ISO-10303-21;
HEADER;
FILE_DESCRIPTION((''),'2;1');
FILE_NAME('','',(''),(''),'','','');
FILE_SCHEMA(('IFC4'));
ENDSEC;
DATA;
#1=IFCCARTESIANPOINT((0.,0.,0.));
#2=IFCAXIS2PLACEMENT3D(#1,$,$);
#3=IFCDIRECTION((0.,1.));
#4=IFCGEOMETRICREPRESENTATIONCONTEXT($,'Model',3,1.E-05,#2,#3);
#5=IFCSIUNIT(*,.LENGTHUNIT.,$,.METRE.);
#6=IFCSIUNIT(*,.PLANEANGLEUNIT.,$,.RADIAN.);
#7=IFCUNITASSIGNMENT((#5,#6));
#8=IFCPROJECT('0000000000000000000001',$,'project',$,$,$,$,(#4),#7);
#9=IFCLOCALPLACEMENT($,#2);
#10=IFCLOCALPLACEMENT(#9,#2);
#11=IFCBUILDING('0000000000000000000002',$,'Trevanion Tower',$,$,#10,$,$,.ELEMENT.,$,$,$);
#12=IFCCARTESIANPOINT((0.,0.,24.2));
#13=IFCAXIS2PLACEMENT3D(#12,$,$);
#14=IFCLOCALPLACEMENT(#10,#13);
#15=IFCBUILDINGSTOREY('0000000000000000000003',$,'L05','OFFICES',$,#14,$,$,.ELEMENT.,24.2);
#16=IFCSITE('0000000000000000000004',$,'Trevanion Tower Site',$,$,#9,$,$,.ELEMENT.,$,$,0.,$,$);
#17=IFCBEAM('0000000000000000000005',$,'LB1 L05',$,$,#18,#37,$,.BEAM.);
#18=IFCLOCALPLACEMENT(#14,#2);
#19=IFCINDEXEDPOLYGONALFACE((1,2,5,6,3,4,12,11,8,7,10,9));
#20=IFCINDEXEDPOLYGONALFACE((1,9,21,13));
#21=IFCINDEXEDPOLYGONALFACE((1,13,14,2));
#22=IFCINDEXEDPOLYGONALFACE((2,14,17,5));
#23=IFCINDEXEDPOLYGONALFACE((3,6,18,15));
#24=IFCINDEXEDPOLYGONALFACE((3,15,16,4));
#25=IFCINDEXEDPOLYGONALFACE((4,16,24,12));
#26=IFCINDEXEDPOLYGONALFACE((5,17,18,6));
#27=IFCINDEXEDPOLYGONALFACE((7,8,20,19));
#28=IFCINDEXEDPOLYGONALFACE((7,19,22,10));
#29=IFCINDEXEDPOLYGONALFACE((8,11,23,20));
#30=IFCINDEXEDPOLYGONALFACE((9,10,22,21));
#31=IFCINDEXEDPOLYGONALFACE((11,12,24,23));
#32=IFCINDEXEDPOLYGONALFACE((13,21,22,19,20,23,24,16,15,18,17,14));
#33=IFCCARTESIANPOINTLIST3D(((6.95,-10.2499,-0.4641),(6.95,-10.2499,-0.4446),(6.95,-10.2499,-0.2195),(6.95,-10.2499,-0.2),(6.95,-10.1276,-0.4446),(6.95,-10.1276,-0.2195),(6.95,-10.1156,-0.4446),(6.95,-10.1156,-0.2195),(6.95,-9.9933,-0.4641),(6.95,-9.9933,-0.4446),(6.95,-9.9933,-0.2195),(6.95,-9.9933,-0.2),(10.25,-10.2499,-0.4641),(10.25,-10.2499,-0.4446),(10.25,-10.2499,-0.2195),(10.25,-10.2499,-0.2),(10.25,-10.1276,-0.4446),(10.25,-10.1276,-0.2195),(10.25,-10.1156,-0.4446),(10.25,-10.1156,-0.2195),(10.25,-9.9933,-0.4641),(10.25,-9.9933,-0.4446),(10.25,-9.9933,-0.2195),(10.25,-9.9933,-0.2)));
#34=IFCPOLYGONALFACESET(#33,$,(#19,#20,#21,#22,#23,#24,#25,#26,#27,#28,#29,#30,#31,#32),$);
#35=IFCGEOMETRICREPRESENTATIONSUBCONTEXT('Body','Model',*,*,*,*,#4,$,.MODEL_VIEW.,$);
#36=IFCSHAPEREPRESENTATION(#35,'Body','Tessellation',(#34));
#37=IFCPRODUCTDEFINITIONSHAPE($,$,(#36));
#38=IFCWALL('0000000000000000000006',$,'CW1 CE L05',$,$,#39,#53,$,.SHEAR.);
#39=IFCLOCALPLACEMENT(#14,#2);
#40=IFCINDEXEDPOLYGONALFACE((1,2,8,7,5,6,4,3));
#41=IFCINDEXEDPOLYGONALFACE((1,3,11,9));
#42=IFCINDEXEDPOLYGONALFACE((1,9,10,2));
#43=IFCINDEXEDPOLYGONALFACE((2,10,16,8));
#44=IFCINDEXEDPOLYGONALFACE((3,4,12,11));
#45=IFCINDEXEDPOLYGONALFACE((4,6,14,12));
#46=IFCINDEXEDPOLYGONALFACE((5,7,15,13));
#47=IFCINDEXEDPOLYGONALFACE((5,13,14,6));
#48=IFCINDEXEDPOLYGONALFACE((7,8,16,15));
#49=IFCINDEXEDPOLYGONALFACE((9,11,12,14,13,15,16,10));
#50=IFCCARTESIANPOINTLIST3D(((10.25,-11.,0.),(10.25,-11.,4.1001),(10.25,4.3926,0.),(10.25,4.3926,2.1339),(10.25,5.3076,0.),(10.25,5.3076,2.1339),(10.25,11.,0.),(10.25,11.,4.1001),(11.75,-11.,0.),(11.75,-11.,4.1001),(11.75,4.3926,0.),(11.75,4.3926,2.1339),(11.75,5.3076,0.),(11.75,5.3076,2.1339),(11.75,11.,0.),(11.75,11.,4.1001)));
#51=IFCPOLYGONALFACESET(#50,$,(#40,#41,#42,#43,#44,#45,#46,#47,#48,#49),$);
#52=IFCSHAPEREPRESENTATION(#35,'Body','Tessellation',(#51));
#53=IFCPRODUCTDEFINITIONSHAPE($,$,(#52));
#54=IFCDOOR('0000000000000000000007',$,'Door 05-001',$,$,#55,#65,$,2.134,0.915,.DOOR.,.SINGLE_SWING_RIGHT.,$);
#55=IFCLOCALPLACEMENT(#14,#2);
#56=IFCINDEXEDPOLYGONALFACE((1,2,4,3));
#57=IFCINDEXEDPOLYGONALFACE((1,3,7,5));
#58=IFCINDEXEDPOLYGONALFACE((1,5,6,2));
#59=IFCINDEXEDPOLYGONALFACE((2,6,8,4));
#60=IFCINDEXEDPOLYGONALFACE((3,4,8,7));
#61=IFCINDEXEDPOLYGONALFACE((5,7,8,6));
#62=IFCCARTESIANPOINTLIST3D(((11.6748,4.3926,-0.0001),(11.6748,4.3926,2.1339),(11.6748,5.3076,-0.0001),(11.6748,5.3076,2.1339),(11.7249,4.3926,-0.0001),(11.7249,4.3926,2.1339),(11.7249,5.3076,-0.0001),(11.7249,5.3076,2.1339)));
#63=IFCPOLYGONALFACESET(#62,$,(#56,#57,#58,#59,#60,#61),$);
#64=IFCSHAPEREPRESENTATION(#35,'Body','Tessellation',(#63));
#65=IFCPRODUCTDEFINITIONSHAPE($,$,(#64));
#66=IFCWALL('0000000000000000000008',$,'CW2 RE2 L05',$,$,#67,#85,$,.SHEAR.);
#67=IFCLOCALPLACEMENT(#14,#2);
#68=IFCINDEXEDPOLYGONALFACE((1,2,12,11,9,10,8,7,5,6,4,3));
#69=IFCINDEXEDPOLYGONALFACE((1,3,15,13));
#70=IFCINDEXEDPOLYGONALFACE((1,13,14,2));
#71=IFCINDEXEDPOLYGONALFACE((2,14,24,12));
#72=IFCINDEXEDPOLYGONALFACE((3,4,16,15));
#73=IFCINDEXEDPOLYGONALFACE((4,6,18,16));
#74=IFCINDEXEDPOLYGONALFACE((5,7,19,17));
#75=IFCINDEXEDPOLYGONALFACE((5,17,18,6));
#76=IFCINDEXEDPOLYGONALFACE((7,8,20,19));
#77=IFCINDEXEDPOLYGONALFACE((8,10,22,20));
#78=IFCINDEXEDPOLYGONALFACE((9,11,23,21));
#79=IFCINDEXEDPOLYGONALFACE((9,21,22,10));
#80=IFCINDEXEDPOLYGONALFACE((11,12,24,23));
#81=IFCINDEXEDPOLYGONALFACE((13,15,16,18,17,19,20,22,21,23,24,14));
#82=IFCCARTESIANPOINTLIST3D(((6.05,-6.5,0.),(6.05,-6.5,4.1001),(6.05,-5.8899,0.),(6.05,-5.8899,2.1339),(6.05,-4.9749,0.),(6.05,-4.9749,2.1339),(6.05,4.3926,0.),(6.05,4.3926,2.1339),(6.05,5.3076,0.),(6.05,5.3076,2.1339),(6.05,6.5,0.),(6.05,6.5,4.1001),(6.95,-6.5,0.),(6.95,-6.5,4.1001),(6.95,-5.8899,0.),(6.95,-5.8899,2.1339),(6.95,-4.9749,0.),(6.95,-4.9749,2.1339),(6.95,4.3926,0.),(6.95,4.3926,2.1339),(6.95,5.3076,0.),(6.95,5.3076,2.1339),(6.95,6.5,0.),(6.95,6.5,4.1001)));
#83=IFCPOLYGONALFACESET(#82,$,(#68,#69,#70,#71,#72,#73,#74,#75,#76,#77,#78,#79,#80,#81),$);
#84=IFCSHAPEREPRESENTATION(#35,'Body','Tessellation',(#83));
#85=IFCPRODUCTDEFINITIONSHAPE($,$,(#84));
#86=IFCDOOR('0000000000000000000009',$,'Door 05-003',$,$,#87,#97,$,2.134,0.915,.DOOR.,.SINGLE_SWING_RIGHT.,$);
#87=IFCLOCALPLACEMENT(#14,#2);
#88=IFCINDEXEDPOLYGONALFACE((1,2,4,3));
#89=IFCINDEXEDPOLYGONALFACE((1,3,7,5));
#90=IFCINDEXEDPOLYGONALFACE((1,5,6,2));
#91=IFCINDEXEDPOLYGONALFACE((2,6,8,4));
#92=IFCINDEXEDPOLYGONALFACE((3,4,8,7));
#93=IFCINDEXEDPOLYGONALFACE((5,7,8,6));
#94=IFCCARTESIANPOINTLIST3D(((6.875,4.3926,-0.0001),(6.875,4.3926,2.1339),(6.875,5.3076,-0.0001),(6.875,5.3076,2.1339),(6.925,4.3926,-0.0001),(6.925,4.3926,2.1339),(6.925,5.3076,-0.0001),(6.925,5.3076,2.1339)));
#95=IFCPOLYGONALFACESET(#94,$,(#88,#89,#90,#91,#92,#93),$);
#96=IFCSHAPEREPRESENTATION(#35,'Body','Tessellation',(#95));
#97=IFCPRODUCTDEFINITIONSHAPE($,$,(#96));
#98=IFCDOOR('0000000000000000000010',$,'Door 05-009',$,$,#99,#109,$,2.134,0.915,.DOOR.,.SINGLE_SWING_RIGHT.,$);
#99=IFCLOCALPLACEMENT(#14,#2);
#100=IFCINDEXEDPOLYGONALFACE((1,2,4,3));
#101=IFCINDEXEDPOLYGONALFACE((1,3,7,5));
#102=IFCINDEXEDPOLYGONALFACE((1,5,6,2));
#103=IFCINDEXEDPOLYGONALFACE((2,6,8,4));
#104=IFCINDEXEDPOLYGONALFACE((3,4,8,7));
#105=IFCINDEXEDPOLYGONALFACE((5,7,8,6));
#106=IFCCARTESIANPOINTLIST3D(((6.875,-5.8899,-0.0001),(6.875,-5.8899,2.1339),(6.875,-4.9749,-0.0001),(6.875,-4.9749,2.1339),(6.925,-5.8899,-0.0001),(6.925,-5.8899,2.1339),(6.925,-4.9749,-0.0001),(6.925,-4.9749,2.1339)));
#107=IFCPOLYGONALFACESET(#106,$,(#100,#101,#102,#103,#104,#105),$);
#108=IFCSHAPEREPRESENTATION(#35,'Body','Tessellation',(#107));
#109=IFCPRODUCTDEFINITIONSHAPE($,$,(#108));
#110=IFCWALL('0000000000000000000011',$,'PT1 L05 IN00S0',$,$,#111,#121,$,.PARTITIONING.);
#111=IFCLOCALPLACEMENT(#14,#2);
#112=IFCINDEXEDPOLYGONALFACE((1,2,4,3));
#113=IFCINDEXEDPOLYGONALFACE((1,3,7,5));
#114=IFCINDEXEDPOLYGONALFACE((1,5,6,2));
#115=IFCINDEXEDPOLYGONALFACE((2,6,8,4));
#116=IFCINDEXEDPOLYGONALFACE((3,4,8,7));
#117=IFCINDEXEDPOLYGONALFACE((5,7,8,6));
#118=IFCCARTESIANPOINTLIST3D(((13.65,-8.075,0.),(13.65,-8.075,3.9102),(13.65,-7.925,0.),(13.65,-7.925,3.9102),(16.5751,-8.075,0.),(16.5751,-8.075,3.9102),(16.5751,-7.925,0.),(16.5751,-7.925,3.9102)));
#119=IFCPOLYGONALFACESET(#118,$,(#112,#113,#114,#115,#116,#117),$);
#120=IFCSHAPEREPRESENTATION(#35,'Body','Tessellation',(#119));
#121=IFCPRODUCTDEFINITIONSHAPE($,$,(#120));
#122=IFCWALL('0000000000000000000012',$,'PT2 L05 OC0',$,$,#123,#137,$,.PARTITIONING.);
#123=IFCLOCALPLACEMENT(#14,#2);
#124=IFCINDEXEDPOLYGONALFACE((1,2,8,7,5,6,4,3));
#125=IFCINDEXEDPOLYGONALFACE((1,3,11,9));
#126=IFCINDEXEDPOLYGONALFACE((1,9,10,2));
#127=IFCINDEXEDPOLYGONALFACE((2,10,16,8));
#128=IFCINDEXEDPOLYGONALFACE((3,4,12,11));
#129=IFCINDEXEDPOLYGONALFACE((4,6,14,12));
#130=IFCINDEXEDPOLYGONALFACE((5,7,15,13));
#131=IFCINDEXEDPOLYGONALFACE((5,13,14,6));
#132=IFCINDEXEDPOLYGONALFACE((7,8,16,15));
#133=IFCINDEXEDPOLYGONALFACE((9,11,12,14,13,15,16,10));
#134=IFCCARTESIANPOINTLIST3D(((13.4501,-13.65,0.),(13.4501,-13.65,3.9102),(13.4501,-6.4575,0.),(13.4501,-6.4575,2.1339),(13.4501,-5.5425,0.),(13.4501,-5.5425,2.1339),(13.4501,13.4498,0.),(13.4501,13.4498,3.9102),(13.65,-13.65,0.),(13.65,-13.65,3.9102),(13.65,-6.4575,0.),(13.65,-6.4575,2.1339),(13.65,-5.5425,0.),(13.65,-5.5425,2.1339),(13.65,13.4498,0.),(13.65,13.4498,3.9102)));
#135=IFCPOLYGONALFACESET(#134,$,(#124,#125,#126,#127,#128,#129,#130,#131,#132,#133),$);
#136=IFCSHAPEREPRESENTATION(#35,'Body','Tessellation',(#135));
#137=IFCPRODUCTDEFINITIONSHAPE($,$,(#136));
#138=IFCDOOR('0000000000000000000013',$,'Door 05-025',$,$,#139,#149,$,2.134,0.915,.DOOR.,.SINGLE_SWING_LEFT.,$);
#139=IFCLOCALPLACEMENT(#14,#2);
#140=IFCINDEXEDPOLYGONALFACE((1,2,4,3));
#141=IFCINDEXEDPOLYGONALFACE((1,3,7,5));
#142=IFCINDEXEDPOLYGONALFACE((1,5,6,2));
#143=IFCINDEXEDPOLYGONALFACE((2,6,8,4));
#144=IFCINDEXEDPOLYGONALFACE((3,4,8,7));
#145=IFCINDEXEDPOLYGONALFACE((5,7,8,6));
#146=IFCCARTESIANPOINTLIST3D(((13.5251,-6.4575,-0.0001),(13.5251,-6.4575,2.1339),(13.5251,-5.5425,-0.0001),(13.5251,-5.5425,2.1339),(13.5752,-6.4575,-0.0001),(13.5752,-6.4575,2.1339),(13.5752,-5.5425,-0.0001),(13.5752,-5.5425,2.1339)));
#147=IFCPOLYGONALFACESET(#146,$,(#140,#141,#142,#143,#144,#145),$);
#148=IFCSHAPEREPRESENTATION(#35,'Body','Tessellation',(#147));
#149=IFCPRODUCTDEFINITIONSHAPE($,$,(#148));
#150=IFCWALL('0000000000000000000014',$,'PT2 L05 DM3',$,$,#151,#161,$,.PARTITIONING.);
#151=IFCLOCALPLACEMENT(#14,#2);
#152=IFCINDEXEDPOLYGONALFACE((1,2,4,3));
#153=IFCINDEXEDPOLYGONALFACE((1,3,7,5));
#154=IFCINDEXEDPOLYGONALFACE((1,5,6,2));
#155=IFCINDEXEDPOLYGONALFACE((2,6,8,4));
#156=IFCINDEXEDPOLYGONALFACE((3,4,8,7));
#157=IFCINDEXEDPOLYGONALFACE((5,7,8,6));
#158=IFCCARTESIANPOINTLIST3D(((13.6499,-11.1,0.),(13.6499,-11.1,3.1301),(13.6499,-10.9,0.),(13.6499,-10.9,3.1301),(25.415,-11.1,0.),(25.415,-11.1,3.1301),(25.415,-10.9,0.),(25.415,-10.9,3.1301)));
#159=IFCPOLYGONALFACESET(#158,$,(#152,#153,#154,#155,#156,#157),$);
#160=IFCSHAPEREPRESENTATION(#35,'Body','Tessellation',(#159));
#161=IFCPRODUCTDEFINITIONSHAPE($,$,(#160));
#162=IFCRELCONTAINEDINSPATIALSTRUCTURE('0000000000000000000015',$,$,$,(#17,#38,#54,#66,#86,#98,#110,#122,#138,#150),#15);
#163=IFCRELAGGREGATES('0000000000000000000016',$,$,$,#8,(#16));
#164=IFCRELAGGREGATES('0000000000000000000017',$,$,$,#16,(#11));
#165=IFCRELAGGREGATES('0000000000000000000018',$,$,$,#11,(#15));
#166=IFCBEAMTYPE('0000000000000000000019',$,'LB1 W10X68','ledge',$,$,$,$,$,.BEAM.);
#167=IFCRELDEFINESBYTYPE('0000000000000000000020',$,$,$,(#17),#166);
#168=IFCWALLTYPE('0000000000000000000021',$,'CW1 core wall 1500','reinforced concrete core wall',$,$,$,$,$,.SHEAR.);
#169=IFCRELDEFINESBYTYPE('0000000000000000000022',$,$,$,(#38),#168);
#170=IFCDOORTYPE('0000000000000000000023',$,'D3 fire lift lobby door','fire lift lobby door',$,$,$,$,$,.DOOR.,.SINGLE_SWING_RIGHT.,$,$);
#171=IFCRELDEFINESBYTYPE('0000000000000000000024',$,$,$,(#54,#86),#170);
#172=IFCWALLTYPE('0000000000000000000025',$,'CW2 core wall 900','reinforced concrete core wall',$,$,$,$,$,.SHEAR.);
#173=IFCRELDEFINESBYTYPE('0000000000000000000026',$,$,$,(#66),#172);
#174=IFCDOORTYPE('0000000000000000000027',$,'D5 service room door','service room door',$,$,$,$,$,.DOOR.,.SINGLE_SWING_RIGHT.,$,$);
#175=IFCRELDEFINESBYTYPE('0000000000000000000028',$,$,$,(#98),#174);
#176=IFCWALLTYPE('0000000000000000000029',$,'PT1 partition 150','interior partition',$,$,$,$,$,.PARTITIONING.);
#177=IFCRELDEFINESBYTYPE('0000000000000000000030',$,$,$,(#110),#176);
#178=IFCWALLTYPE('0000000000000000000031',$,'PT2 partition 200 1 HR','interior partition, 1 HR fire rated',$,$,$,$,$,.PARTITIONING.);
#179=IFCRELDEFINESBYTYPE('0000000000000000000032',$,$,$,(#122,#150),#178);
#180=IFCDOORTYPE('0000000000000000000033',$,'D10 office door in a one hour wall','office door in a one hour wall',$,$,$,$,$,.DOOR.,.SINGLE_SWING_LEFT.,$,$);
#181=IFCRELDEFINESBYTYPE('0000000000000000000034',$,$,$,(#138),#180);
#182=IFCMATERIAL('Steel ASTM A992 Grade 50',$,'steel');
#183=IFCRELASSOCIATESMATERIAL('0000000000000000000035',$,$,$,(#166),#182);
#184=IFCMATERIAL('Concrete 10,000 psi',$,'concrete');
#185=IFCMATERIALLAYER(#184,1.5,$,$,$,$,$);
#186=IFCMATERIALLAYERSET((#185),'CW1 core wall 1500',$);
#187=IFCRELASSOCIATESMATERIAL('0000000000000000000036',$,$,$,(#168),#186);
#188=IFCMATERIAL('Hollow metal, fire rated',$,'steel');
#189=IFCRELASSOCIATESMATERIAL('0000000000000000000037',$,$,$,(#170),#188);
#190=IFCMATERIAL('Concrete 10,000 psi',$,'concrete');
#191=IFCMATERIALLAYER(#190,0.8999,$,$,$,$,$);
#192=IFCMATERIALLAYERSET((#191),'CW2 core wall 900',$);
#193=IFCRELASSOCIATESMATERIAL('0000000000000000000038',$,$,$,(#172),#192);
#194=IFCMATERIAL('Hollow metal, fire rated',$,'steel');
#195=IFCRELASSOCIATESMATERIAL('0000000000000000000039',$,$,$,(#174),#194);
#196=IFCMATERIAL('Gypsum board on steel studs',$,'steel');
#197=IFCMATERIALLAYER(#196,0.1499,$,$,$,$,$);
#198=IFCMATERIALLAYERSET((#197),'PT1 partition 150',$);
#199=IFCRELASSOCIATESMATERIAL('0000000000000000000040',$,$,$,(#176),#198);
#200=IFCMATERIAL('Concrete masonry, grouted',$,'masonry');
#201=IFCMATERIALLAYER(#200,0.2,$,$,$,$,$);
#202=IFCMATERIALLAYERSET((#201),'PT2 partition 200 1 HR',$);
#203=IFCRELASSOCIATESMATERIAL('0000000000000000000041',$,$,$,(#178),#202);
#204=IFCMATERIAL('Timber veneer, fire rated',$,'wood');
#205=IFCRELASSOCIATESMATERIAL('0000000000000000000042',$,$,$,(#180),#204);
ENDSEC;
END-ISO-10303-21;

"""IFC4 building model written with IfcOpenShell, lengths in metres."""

from ifc_helpers import new_model, si_unit, direction, frame, frame_2d, origin, origin_2d, place, context, subcontext, project, spatial, rectangle, i_section, extrude, material, layer, layer_set, material_profile, profile_set, type_object, element, fill, save


model = new_model("IFC4")

# Units and contexts
model_context = context("Model", 3, precision=1e-05, world=origin(), true_north=direction((0.0, 1.0)))
body_context = subcontext(model_context, "Body", "Model", "MODEL_VIEW")
ifc_project = project(units=[si_unit("LENGTHUNIT", "METRE"), si_unit("PLANEANGLEUNIT", "RADIAN")], contexts=[model_context])

# Site, building, storey
site_placement = place(None, origin())
site = spatial("IfcSite", under=ifc_project, at=site_placement, Name="Trevanion Tower Site", CompositionType="ELEMENT", RefElevation=0.0)
building_placement = place(site_placement, origin())
building = spatial("IfcBuilding", under=site, at=building_placement, Name="Trevanion Tower", CompositionType="ELEMENT")
storey_placement = place(building_placement, frame((0.0, 0.0, 24.2)))
storey = spatial("IfcBuildingStorey", under=building, at=storey_placement, Name="L05", Description="OFFICES", CompositionType="ELEMENT", Elevation=24.2)

# Beam
ifc_material_1 = material(Name="Steel ASTM A992 Grade 50", Category="steel")
ifc_material_profile_1 = material_profile(ifc_material_1, i_section(OverallWidth=0.2566, OverallDepth=0.2642, WebThickness=0.012, FlangeThickness=0.0195, at=origin_2d()), Name="W10X68")
ifc_profile_set_1 = profile_set([ifc_material_profile_1], Name="Steel ASTM A992 Grade 50")
beam_type_1 = type_object("IfcBeamType", Name="LB1 W10X68", Description="ledge", PredefinedType="BEAM", material=ifc_profile_set_1)
beam_1_placement = place(storey_placement, frame((6.95, -10.1216, -0.332), z_axis=(1.0, 0.0, 0.0), x_axis=(0.0, 1.0, 0.0)))
element("IfcBeam", 1, at=beam_1_placement, inside=storey, type_object=beam_type_1, Name="LB1 L05", PredefinedType="BEAM", context=body_context, shape_type="SweptSolid", body=[
    extrude(i_section(OverallWidth=0.2566, OverallDepth=0.2642, WebThickness=0.012, FlangeThickness=0.0195, at=origin_2d()), origin(), (0.0, 0.0, 1.0), 3.3),
])

# Wall, opening, door
ifc_material_2 = material(Name="Concrete 10,000 psi", Category="concrete")
ifc_layer_1 = layer(ifc_material_2, 1.5)
ifc_layer_set_1 = layer_set([ifc_layer_1], Name="CW1 core wall 1500")
wall_type_1 = type_object("IfcWallType", Name="CW1 core wall 1500", Description="reinforced concrete core wall", PredefinedType="SHEAR", material=ifc_layer_set_1)
wall_1_placement = place(storey_placement, frame((11.0, -11.0, 0.0), z_axis=(0.0, 0.0, 1.0), x_axis=(0.0, 1.0, 0.0)))
wall_1 = element("IfcWall", 2, at=wall_1_placement, inside=storey, type_object=wall_type_1, Name="CW1 CE L05", PredefinedType="SHEAR", context=body_context, shape_type="SweptSolid", body=[
    extrude(rectangle(XDim=22.0, YDim=1.5, at=frame_2d((11.0, 0.0))), origin(), (0.0, 0.0, 1.0), 4.1001),
])
opening_1_placement = place(wall_1_placement, frame((15.3926, 0.0, 0.0)))
opening_1 = element("IfcOpeningElement", 3, at=opening_1_placement, cuts=wall_1, PredefinedType="OPENING", context=body_context, shape_type="SweptSolid", body=[
    extrude(rectangle(XDim=0.915, YDim=2.134, at=frame_2d((0.4575, 1.0669))), frame((0.0, 0.76, 0.0), z_axis=(0.0, -1.0, 0.0), x_axis=(1.0, 0.0, 0.0)), (0.0, 0.0, 1.0), 1.52),
])
ifc_material_3 = material(Name="Hollow metal, fire rated", Category="steel")
door_type_1 = type_object("IfcDoorType", Name="D3 fire lift lobby door", Description="fire lift lobby door", OperationType="SINGLE_SWING_RIGHT", PredefinedType="DOOR", material=ifc_material_3)
door_1_placement = place(opening_1_placement, origin())
door_1 = element("IfcDoor", 4, at=door_1_placement, inside=storey, type_object=door_type_1, Name="Door 05-001", OperationType="SINGLE_SWING_RIGHT", OverallHeight=2.134, OverallWidth=0.915, PredefinedType="DOOR", context=body_context, shape_type="SweptSolid", body=[
    extrude(rectangle(XDim=0.915, YDim=2.134, at=frame_2d((0.4575, 1.0669))), frame((0.0, -0.6748, 0.0), z_axis=(0.0, -1.0, 0.0), x_axis=(1.0, 0.0, 0.0)), (0.0, 0.0, 1.0), 0.05),
])
fill(opening_1, door_1)

# Wall, openings, doors
ifc_material_4 = material(Name="Concrete 10,000 psi", Category="concrete")
ifc_layer_2 = layer(ifc_material_4, 0.8999)
ifc_layer_set_2 = layer_set([ifc_layer_2], Name="CW2 core wall 900")
wall_type_2 = type_object("IfcWallType", Name="CW2 core wall 900", Description="reinforced concrete core wall", PredefinedType="SHEAR", material=ifc_layer_set_2)
wall_2_placement = place(storey_placement, frame((6.5, -6.5, 0.0), z_axis=(0.0, 0.0, 1.0), x_axis=(0.0, 1.0, 0.0)))
wall_2 = element("IfcWall", 5, at=wall_2_placement, inside=storey, type_object=wall_type_2, Name="CW2 RE2 L05", PredefinedType="SHEAR", context=body_context, shape_type="SweptSolid", body=[
    extrude(rectangle(XDim=13.0, YDim=0.8999, at=frame_2d((6.5, 0.0))), origin(), (0.0, 0.0, 1.0), 4.1001),
])
opening_2_placement = place(wall_2_placement, frame((10.8926, 0.0, 0.0)))
opening_2 = element("IfcOpeningElement", 6, at=opening_2_placement, cuts=wall_2, PredefinedType="OPENING", context=body_context, shape_type="SweptSolid", body=[
    extrude(rectangle(XDim=0.915, YDim=2.134, at=frame_2d((0.4575, 1.0669))), frame((0.0, 0.46, 0.0), z_axis=(0.0, -1.0, 0.0), x_axis=(1.0, 0.0, 0.0)), (0.0, 0.0, 1.0), 0.9199),
])
opening_3_placement = place(wall_2_placement, frame((0.6101, 0.0, 0.0)))
opening_3 = element("IfcOpeningElement", 7, at=opening_3_placement, cuts=wall_2, PredefinedType="OPENING", context=body_context, shape_type="SweptSolid", body=[
    extrude(rectangle(XDim=0.915, YDim=2.134, at=frame_2d((0.4575, 1.0669))), frame((0.0, 0.46, 0.0), z_axis=(0.0, -1.0, 0.0), x_axis=(1.0, 0.0, 0.0)), (0.0, 0.0, 1.0), 0.9199),
])
door_2_placement = place(opening_2_placement, origin())
door_2 = element("IfcDoor", 8, at=door_2_placement, inside=storey, type_object=door_type_1, Name="Door 05-003", OperationType="SINGLE_SWING_RIGHT", OverallHeight=2.134, OverallWidth=0.915, PredefinedType="DOOR", context=body_context, shape_type="SweptSolid", body=[
    extrude(rectangle(XDim=0.915, YDim=2.134, at=frame_2d((0.4575, 1.0669))), frame((0.0, -0.375, 0.0), z_axis=(0.0, -1.0, 0.0), x_axis=(1.0, 0.0, 0.0)), (0.0, 0.0, 1.0), 0.05),
])
fill(opening_2, door_2)
ifc_material_5 = material(Name="Hollow metal, fire rated", Category="steel")
door_type_2 = type_object("IfcDoorType", Name="D5 service room door", Description="service room door", OperationType="SINGLE_SWING_RIGHT", PredefinedType="DOOR", material=ifc_material_5)
door_3_placement = place(opening_3_placement, origin())
door_3 = element("IfcDoor", 9, at=door_3_placement, inside=storey, type_object=door_type_2, Name="Door 05-009", OperationType="SINGLE_SWING_RIGHT", OverallHeight=2.134, OverallWidth=0.915, PredefinedType="DOOR", context=body_context, shape_type="SweptSolid", body=[
    extrude(rectangle(XDim=0.915, YDim=2.134, at=frame_2d((0.4575, 1.0669))), frame((0.0, -0.375, 0.0), z_axis=(0.0, -1.0, 0.0), x_axis=(1.0, 0.0, 0.0)), (0.0, 0.0, 1.0), 0.05),
])
fill(opening_3, door_3)

# Wall
ifc_material_6 = material(Name="Gypsum board on steel studs", Category="steel")
ifc_layer_3 = layer(ifc_material_6, 0.1499)
ifc_layer_set_3 = layer_set([ifc_layer_3], Name="PT1 partition 150")
wall_type_3 = type_object("IfcWallType", Name="PT1 partition 150", Description="interior partition", PredefinedType="PARTITIONING", material=ifc_layer_set_3)
wall_3_placement = place(storey_placement, frame((16.575, -8.0, 0.0), z_axis=(0.0, 0.0, 1.0), x_axis=(-1.0, 0.0, 0.0)))
element("IfcWall", 10, at=wall_3_placement, inside=storey, type_object=wall_type_3, Name="PT1 L05 IN00S0", PredefinedType="PARTITIONING", context=body_context, shape_type="SweptSolid", body=[
    extrude(rectangle(XDim=2.925, YDim=0.1499, at=frame_2d((1.4624, 0.0))), origin(), (0.0, 0.0, 1.0), 3.9102),
])

# Wall, opening, door
ifc_material_7 = material(Name="Concrete masonry, grouted", Category="masonry")
ifc_layer_4 = layer(ifc_material_7, 0.2)
ifc_layer_set_4 = layer_set([ifc_layer_4], Name="PT2 partition 200 1 HR")
wall_type_4 = type_object("IfcWallType", Name="PT2 partition 200 1 HR", Description="interior partition, 1 HR fire rated", PredefinedType="PARTITIONING", material=ifc_layer_set_4)
wall_4_placement = place(storey_placement, frame((13.55, -13.6499, 0.0), z_axis=(0.0, 0.0, 1.0), x_axis=(0.0, 1.0, 0.0)))
wall_4 = element("IfcWall", 11, at=wall_4_placement, inside=storey, type_object=wall_type_4, Name="PT2 L05 OC0", PredefinedType="PARTITIONING", context=body_context, shape_type="SweptSolid", body=[
    extrude(rectangle(XDim=27.0999, YDim=0.2, at=frame_2d((13.5498, 0.0))), origin(), (0.0, 0.0, 1.0), 3.9102),
])
opening_4_placement = place(wall_4_placement, frame((7.1924, 0.0, 0.0)))
opening_4 = element("IfcOpeningElement", 12, at=opening_4_placement, cuts=wall_4, PredefinedType="OPENING", context=body_context, shape_type="SweptSolid", body=[
    extrude(rectangle(XDim=0.915, YDim=2.134, at=frame_2d((0.4575, 1.0669))), frame((0.0, 0.1099, 0.0), z_axis=(0.0, -1.0, 0.0), x_axis=(1.0, 0.0, 0.0)), (0.0, 0.0, 1.0), 0.22),
])
ifc_material_8 = material(Name="Timber veneer, fire rated", Category="wood")
door_type_3 = type_object("IfcDoorType", Name="D10 office door in a one hour wall", Description="office door in a one hour wall", OperationType="SINGLE_SWING_LEFT", PredefinedType="DOOR", material=ifc_material_8)
door_4_placement = place(opening_4_placement, origin())
door_4 = element("IfcDoor", 13, at=door_4_placement, inside=storey, type_object=door_type_3, Name="Door 05-025", OperationType="SINGLE_SWING_LEFT", OverallHeight=2.134, OverallWidth=0.915, PredefinedType="DOOR", context=body_context, shape_type="SweptSolid", body=[
    extrude(rectangle(XDim=0.915, YDim=2.134, at=frame_2d((0.4575, 1.0669))), frame((0.0, 0.0249, 0.0), z_axis=(0.0, -1.0, 0.0), x_axis=(1.0, 0.0, 0.0)), (0.0, 0.0, 1.0), 0.05),
])
fill(opening_4, door_4)

# Wall
wall_5_placement = place(storey_placement, frame((13.6499, -11.0, 0.0), z_axis=(0.0, 0.0, 1.0), x_axis=(1.0, 0.0, 0.0)))
element("IfcWall", 14, at=wall_5_placement, inside=storey, type_object=wall_type_4, Name="PT2 L05 DM3", PredefinedType="PARTITIONING", context=body_context, shape_type="SweptSolid", body=[
    extrude(rectangle(XDim=11.7651, YDim=0.2, at=frame_2d((5.8826, 0.0))), origin(), (0.0, 0.0, 1.0), 3.1301),
])

save(model, "model.ifc")
